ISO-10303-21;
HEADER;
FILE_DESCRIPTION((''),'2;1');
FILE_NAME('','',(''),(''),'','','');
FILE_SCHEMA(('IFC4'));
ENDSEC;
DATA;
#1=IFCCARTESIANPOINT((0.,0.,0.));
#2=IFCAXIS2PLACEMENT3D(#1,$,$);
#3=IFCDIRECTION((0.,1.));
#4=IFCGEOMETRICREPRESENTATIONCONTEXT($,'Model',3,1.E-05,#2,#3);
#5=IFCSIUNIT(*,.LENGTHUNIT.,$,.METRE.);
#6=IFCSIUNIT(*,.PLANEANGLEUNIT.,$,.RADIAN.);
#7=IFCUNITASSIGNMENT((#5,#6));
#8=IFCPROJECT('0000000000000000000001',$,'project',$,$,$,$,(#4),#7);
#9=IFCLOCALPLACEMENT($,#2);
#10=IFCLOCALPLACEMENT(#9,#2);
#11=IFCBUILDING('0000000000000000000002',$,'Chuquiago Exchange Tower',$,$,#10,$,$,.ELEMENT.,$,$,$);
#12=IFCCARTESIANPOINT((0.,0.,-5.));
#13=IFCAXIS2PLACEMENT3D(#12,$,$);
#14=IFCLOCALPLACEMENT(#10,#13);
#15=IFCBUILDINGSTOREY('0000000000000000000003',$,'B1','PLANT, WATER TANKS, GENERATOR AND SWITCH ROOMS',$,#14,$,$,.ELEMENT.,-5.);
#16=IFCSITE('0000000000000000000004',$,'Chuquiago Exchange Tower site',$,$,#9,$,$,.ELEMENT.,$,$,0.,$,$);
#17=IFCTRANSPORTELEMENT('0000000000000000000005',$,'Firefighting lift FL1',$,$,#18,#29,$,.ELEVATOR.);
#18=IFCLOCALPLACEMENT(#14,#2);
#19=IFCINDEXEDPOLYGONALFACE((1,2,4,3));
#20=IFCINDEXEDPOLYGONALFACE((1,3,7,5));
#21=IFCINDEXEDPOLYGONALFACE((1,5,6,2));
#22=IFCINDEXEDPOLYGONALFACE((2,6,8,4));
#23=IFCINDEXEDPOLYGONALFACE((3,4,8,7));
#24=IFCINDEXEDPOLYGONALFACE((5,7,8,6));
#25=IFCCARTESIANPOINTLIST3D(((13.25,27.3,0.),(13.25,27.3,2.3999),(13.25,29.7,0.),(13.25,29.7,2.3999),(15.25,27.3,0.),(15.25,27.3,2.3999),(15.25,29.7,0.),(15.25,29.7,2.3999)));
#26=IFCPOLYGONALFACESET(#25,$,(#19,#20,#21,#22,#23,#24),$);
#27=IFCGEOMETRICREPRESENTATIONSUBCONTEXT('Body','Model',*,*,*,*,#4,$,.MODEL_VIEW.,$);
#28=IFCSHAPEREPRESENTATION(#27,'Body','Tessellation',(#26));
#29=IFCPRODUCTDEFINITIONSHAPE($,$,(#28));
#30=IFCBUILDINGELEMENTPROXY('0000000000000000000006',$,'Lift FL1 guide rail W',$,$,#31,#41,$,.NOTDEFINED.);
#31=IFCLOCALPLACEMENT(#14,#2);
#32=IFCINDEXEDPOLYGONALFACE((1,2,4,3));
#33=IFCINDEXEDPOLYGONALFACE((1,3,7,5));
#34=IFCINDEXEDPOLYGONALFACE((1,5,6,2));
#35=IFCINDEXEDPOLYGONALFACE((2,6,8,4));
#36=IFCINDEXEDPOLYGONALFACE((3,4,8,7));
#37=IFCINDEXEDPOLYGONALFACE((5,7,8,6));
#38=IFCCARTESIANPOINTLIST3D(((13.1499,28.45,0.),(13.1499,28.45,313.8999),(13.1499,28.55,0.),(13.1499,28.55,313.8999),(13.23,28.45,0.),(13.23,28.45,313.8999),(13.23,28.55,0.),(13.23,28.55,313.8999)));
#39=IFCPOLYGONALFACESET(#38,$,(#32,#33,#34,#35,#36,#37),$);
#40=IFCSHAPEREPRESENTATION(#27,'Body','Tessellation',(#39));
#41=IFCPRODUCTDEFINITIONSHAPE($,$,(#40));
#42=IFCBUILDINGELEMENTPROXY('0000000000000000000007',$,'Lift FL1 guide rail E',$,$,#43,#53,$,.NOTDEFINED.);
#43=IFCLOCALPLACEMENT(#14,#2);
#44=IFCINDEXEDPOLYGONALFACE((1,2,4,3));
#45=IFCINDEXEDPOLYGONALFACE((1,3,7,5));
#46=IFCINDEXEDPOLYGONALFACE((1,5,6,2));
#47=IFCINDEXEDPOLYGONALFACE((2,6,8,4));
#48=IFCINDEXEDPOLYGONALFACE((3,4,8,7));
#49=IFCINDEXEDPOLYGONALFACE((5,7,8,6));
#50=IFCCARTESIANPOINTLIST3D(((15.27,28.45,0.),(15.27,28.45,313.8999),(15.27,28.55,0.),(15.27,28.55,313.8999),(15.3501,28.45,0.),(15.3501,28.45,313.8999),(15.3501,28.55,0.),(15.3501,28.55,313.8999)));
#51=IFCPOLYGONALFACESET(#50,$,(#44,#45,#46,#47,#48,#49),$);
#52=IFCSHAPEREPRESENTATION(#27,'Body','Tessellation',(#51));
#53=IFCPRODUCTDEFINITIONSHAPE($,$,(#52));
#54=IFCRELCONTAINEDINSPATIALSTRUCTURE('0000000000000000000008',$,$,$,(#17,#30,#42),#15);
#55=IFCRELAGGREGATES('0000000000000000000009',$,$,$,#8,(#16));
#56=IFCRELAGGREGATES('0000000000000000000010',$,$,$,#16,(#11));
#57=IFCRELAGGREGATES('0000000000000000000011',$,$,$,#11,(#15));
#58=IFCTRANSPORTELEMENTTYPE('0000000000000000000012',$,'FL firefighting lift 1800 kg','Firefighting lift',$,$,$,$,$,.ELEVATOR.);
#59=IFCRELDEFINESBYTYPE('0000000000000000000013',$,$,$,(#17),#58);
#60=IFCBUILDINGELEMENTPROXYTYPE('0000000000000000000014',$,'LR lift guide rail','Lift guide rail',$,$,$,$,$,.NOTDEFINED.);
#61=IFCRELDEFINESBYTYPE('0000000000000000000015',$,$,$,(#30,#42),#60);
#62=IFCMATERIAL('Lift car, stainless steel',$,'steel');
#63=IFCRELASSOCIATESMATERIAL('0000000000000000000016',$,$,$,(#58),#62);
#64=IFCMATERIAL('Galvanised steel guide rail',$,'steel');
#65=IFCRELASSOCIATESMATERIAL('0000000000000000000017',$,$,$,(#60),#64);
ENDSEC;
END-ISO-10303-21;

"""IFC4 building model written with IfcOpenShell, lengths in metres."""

from ifc_helpers import new_model, si_unit, direction, frame, origin, origin_2d, place, context, subcontext, project, spatial, rectangle, extrude, material, type_object, element, save


model = new_model("IFC4")

# Units and contexts
model_context = context("Model", 3, precision=1e-05, world=origin(), true_north=direction((0.0, 1.0)))
body_context = subcontext(model_context, "Body", "Model", "MODEL_VIEW")
ifc_project = project(units=[si_unit("LENGTHUNIT", "METRE"), si_unit("PLANEANGLEUNIT", "RADIAN")], contexts=[model_context])

# Site, building, storey
site_placement = place(None, origin())
site = spatial("IfcSite", under=ifc_project, at=site_placement, Name="Chuquiago Exchange Tower site", CompositionType="ELEMENT", RefElevation=0.0)
building_placement = place(site_placement, origin())
building = spatial("IfcBuilding", under=site, at=building_placement, Name="Chuquiago Exchange Tower", CompositionType="ELEMENT")
storey_placement = place(building_placement, frame((0.0, 0.0, -5.0)))
storey = spatial("IfcBuildingStorey", under=building, at=storey_placement, Name="B1", Description="PLANT, WATER TANKS, GENERATOR AND SWITCH ROOMS", CompositionType="ELEMENT", Elevation=-5.0)

# Transport element
ifc_material_1 = material(Name="Lift car, stainless steel", Category="steel")
transport_element_type = type_object("IfcTransportElementType", Name="FL firefighting lift 1800 kg", Description="Firefighting lift", PredefinedType="ELEVATOR", material=ifc_material_1)
transport_element_placement = place(storey_placement, frame((14.25, 28.5, 0.0), z_axis=(0.0, 0.0, 1.0), x_axis=(1.0, 0.0, 0.0)))
element("IfcTransportElement", 1, at=transport_element_placement, inside=storey, type_object=transport_element_type, Name="Firefighting lift FL1", PredefinedType="ELEVATOR", context=body_context, shape_type="SweptSolid", body=[
    extrude(rectangle(XDim=2.0, YDim=2.3999, at=origin_2d()), origin(), (0.0, 0.0, 1.0), 2.3999),
])

# Building element proxies
ifc_material_2 = material(Name="Galvanised steel guide rail", Category="steel")
building_element_proxy_type = type_object("IfcBuildingElementProxyType", Name="LR lift guide rail", Description="Lift guide rail", PredefinedType="NOTDEFINED", material=ifc_material_2)
for number, where, z_axis, x_axis, name in (
    (2, (13.1899, 28.5, 0.0), (0.0, 0.0, 1.0), (1.0, 0.0, 0.0), "Lift FL1 guide rail W"),
    (3, (15.3101, 28.5, 0.0), (0.0, 0.0, 1.0), (1.0, 0.0, 0.0), "Lift FL1 guide rail E"),
):
    element("IfcBuildingElementProxy", number, at=place(storey_placement, frame(where, z_axis=z_axis, x_axis=x_axis)), inside=storey, type_object=building_element_proxy_type, Name=name, PredefinedType="NOTDEFINED", context=body_context, shape_type="SweptSolid", body=[
        extrude(rectangle(XDim=0.0801, YDim=0.1001, at=origin_2d()), origin(), (0.0, 0.0, 1.0), 313.8999),
    ])

save(model, "model.ifc")
